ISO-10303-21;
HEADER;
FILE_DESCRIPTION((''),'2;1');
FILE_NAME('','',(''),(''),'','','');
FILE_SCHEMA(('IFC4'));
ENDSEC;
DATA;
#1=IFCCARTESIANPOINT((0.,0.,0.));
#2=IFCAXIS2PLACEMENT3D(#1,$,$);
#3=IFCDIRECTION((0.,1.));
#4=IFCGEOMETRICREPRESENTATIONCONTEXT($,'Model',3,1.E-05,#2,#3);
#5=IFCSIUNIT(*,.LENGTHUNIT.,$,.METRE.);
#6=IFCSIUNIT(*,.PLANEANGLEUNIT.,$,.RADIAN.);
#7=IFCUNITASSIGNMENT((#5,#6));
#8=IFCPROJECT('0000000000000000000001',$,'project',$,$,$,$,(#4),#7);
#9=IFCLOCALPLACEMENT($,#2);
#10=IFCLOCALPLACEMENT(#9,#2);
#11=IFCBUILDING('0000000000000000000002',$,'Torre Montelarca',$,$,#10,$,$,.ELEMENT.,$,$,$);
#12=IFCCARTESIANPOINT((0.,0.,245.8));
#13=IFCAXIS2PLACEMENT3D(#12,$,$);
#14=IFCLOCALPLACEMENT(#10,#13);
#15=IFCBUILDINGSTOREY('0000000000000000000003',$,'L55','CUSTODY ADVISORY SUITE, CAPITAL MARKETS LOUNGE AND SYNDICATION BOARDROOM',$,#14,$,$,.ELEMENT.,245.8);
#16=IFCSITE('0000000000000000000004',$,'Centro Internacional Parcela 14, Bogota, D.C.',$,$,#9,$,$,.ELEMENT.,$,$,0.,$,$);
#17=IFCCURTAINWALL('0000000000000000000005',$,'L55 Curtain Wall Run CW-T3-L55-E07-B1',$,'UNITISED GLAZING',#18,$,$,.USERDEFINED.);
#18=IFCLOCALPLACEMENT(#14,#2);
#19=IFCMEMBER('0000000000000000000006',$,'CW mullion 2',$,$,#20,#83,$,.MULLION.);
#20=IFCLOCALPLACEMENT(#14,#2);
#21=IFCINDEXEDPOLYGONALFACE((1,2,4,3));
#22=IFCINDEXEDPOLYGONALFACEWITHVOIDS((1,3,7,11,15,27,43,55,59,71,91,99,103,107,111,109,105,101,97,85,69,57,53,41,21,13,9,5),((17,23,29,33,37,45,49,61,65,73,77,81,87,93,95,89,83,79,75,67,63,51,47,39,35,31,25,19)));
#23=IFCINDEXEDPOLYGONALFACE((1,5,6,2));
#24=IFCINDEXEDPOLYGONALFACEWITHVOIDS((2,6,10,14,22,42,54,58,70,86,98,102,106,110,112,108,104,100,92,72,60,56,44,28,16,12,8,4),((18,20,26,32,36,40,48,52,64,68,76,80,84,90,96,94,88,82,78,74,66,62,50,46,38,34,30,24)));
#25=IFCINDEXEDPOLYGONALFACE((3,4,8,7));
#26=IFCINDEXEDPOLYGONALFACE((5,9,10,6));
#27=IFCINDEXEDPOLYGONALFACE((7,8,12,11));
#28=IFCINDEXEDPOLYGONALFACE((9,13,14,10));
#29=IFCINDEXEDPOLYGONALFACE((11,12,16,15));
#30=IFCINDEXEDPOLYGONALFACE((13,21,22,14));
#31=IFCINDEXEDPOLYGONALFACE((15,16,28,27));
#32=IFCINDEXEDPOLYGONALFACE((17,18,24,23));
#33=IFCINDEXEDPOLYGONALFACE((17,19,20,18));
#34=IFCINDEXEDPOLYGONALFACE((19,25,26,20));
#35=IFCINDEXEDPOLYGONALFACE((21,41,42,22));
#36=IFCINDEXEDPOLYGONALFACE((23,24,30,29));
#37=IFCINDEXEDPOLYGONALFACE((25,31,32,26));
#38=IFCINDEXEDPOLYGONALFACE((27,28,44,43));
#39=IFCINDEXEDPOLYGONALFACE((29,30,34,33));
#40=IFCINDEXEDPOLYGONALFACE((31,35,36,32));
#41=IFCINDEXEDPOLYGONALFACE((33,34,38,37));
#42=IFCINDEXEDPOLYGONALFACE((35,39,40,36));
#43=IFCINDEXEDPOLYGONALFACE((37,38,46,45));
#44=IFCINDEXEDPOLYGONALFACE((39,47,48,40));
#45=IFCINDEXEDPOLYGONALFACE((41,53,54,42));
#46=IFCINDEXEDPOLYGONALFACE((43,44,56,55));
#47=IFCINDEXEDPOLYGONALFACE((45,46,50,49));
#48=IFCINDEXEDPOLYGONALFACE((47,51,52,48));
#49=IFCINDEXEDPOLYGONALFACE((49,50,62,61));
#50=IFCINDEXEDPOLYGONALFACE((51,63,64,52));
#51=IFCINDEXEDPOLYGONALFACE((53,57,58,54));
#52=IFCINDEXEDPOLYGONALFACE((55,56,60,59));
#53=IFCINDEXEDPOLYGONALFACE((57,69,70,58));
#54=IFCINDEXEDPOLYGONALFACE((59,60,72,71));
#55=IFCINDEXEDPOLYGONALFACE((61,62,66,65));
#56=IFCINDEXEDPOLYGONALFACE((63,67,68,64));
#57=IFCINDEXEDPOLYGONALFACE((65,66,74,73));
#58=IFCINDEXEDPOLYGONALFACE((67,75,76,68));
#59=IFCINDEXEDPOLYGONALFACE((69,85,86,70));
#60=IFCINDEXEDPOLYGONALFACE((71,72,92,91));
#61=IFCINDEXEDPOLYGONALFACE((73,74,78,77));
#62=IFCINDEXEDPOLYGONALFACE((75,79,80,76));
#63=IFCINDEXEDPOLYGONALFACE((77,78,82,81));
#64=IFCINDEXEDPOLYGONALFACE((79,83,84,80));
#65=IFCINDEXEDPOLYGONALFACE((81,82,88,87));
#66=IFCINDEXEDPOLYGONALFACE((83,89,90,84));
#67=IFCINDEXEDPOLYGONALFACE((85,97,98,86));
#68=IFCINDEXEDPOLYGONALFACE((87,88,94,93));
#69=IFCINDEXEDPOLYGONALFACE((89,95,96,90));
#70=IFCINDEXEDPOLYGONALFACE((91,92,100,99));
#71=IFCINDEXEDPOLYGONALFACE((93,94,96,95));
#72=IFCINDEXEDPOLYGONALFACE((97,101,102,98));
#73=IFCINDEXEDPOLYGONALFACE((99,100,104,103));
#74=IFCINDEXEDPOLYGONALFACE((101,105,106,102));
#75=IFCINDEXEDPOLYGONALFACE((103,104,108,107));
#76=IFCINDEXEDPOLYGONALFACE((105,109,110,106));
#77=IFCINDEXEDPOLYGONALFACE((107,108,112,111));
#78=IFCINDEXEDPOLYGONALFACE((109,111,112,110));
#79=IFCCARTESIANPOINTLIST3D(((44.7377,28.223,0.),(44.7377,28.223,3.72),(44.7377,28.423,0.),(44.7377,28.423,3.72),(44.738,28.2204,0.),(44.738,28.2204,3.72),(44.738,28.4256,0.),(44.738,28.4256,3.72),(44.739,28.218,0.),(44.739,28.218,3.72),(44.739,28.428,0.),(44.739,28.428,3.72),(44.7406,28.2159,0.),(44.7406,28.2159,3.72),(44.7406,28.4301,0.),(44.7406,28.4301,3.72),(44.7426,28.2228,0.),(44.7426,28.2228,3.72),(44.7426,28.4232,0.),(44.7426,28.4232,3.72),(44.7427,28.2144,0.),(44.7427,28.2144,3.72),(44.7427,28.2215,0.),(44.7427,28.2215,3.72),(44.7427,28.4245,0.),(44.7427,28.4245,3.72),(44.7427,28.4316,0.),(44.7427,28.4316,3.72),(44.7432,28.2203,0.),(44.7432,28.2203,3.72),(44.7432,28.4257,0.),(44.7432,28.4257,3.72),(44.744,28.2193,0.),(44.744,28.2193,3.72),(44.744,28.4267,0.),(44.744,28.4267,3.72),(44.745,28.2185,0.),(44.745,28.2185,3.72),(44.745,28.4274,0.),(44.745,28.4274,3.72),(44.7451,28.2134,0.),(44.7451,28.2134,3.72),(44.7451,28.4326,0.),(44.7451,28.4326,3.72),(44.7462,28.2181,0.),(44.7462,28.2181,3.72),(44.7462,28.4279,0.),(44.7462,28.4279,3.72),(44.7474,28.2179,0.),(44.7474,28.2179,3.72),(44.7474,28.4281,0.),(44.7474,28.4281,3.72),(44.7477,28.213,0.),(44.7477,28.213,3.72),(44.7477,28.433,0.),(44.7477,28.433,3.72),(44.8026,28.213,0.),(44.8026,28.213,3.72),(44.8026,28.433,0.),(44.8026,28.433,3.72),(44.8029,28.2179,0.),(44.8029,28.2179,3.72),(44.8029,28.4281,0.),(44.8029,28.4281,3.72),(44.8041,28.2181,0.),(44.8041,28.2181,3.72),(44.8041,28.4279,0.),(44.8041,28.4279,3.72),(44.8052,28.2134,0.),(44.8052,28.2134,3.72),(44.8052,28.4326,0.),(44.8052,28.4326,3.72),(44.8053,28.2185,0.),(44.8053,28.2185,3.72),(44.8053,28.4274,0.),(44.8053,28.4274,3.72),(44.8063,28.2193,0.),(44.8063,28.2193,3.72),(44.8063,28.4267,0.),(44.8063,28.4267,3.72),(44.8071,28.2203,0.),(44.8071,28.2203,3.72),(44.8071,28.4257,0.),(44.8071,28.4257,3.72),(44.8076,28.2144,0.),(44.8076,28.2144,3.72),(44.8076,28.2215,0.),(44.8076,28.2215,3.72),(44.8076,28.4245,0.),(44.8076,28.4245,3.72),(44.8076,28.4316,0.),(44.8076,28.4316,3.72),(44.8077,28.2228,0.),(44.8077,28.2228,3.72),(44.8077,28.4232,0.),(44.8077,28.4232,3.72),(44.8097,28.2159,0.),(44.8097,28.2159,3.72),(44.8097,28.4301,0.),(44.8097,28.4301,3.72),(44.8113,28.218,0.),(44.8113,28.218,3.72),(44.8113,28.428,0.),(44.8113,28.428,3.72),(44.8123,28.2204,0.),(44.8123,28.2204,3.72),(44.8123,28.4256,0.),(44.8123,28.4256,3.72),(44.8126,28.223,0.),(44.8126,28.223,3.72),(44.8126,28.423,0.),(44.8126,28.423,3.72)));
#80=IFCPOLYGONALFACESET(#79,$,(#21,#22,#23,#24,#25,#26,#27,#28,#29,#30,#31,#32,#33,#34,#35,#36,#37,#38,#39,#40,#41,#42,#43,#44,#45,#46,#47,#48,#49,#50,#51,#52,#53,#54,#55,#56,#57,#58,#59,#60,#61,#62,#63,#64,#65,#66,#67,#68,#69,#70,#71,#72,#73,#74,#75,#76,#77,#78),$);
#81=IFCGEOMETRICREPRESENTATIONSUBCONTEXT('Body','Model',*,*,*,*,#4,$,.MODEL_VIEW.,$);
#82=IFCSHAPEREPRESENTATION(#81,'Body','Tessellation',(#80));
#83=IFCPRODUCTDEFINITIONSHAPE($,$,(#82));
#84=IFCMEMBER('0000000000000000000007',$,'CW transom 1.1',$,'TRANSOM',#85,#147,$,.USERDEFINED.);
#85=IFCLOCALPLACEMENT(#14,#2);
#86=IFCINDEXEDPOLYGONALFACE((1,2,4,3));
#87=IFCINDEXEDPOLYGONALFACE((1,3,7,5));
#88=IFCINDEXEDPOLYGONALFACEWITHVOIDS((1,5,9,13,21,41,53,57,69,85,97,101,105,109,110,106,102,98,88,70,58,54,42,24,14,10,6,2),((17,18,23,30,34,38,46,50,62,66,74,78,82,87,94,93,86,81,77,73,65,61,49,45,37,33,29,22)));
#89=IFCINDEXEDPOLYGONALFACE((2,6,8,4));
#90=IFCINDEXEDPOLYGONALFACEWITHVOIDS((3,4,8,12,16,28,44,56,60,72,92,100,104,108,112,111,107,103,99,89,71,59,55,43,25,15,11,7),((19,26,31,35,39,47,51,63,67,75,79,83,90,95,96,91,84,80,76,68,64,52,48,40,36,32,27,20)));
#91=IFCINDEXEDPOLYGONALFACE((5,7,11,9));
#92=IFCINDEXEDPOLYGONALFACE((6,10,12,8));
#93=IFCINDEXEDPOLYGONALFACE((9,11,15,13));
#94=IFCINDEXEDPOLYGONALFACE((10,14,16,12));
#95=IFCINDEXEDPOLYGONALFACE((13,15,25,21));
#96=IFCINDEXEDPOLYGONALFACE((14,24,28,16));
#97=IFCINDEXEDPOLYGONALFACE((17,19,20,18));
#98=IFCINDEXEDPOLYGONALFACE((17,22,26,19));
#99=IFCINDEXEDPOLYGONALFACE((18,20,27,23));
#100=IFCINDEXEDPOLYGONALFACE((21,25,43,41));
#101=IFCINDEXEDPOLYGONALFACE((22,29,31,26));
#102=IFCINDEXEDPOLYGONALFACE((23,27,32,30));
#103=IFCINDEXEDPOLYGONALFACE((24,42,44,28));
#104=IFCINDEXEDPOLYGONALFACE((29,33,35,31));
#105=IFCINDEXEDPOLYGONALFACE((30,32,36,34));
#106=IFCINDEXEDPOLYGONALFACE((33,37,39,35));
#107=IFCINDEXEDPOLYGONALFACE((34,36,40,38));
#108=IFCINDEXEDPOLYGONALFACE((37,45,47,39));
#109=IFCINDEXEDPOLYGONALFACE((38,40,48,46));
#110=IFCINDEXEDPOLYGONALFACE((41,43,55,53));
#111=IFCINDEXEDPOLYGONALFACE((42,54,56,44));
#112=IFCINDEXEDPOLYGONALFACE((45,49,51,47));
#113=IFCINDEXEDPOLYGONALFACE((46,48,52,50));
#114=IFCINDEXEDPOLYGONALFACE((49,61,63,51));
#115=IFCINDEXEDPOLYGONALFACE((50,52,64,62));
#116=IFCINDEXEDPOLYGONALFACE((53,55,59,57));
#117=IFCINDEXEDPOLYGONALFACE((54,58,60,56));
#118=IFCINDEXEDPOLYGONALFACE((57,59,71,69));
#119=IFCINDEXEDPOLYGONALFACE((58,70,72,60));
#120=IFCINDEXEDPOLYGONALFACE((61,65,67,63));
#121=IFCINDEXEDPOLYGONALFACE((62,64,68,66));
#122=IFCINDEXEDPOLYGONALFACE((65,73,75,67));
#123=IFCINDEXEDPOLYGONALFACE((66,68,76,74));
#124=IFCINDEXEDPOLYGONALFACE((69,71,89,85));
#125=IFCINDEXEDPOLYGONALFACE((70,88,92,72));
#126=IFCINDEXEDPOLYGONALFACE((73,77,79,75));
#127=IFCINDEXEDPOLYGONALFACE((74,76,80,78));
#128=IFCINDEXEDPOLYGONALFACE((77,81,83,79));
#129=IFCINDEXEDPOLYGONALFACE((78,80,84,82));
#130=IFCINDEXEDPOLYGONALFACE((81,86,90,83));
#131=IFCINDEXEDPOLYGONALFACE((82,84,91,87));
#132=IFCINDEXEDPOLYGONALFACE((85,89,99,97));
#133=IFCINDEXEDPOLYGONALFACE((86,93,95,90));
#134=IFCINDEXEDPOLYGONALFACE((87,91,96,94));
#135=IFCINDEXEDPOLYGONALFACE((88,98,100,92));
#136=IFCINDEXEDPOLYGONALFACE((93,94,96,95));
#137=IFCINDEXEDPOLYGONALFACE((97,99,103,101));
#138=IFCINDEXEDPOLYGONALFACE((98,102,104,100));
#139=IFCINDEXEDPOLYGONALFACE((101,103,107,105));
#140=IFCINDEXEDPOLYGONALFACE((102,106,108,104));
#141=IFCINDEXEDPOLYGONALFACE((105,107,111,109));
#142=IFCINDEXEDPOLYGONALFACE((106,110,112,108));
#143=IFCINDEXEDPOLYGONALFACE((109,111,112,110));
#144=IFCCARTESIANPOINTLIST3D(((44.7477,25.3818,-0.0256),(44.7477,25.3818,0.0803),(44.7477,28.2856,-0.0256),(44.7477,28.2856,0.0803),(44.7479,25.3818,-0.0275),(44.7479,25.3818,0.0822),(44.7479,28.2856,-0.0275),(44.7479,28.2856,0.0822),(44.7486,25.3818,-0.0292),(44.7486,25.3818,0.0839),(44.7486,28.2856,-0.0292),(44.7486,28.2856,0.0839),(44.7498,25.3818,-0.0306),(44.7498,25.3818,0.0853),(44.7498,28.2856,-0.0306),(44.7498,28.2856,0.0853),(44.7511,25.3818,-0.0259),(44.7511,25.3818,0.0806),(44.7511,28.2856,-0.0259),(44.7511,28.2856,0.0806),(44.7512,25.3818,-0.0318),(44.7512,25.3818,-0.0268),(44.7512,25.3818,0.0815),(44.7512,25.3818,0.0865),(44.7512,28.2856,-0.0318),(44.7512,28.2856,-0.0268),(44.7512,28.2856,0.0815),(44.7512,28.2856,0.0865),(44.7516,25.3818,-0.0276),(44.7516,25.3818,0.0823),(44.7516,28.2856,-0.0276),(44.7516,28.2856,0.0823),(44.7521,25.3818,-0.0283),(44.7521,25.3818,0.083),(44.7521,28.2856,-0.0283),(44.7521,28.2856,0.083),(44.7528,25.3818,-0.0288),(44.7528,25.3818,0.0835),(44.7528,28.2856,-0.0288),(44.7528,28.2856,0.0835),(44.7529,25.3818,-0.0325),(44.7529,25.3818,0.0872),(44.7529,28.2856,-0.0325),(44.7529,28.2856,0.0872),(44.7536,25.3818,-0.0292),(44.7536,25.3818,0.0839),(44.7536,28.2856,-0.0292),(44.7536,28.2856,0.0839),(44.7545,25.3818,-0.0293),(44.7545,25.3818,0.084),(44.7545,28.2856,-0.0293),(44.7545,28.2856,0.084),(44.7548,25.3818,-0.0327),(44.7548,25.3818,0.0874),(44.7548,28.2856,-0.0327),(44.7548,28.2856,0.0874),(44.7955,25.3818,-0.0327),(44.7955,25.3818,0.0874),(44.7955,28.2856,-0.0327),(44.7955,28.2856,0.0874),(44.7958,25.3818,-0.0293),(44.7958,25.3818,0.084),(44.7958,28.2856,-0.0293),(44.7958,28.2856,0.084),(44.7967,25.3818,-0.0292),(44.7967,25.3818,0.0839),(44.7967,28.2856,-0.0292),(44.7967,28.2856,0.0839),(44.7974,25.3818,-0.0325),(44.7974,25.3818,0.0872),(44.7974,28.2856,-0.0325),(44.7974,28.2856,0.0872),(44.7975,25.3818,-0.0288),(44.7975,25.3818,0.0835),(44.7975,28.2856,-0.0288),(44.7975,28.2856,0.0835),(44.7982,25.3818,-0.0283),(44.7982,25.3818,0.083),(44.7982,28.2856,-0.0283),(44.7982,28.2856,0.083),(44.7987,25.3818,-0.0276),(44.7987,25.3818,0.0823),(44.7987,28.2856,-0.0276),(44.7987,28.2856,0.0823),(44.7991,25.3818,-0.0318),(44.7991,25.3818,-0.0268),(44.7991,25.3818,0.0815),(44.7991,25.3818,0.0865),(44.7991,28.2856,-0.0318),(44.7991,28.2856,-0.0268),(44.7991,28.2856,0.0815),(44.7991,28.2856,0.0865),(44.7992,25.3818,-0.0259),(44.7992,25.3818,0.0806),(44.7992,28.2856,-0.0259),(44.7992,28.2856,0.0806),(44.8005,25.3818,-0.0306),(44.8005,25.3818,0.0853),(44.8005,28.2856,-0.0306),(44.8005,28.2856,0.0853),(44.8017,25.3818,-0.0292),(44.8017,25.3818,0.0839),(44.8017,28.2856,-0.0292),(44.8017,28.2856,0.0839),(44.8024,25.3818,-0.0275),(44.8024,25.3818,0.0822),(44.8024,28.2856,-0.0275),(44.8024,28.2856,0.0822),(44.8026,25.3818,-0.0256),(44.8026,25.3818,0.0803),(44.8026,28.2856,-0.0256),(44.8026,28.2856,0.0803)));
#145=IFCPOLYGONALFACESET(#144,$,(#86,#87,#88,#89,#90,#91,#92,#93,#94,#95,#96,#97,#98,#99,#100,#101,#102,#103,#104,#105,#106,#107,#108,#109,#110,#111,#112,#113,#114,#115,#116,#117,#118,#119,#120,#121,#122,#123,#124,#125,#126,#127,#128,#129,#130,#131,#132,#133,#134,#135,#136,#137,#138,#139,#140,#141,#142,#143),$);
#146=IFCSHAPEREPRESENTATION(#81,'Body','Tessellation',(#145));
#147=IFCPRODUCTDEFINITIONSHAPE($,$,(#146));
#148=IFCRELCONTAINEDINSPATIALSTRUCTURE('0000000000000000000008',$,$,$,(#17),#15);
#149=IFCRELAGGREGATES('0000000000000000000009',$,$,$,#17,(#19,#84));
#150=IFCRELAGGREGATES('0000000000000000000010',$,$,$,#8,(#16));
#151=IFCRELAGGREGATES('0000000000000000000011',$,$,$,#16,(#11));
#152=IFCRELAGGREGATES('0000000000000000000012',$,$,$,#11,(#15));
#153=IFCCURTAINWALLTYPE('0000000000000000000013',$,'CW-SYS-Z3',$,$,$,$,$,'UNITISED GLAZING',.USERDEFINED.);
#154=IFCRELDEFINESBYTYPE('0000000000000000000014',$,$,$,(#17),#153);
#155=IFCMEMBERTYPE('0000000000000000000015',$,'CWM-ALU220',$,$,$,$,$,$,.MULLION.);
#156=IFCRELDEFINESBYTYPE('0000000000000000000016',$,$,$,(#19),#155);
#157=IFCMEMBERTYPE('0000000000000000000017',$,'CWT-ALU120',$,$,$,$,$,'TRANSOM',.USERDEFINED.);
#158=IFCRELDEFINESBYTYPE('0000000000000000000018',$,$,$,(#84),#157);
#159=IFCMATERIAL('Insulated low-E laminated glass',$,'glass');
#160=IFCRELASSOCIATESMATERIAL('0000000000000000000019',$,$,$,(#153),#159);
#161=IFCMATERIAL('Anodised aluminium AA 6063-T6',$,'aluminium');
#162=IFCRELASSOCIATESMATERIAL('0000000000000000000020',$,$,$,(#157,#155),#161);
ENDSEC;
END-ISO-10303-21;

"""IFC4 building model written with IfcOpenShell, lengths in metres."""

from ifc_helpers import new_model, si_unit, direction, frame, origin, origin_2d, place, context, subcontext, project, spatial, hollow_rectangle, extrude, source, transform, mapped, material, material_profile, profile_set, type_object, element, aggregate, save


model = new_model("IFC4")

# Units and contexts
model_context = context("Model", 3, precision=1e-05, world=origin(), true_north=direction((0.0, 1.0)))
body_context = subcontext(model_context, "Body", "Model", "MODEL_VIEW")
ifc_project = project(units=[si_unit("LENGTHUNIT", "METRE"), si_unit("PLANEANGLEUNIT", "RADIAN")], contexts=[model_context])

# Site, building, storey
site_placement = place(None, origin())
site = spatial("IfcSite", under=ifc_project, at=site_placement, Name="Centro Internacional Parcela 14, Bogota, D.C.", CompositionType="ELEMENT", RefElevation=0.0)
building_placement = place(site_placement, origin())
building = spatial("IfcBuilding", under=site, at=building_placement, Name="Torre Montelarca", CompositionType="ELEMENT")
storey_placement = place(building_placement, frame((0.0, 0.0, 245.8)))
storey = spatial("IfcBuildingStorey", under=building, at=storey_placement, Name="L55", Description="CUSTODY ADVISORY SUITE, CAPITAL MARKETS LOUNGE AND SYNDICATION BOARDROOM", CompositionType="ELEMENT", Elevation=245.8)

# Curtain wall
ifc_material_1 = material(Name="Insulated low-E laminated glass", Category="glass")
curtain_wall_type = type_object("IfcCurtainWallType", Name="CW-SYS-Z3", ElementType="UNITISED GLAZING", PredefinedType="USERDEFINED", material=ifc_material_1)
curtain_wall_1_placement = place(storey_placement, origin())
curtain_wall_1 = element("IfcCurtainWall", 1, at=curtain_wall_1_placement, inside=storey, type_object=curtain_wall_type, Name="L55 Curtain Wall Run CW-T3-L55-E07-B1", ObjectType="UNITISED GLAZING", PredefinedType="USERDEFINED")
ifc_material_2 = material(Name="Anodised aluminium AA 6063-T6", Category="aluminium")
ifc_material_profile_1 = material_profile(ifc_material_2, hollow_rectangle(XDim=0.0549, YDim=0.1201, WallThickness=0.0034, InnerFilletRadius=0.0034, OuterFilletRadius=0.0071, at=origin_2d()), Name="ALU55X120X3.5", Category="aluminium")
ifc_profile_set_1 = profile_set([ifc_material_profile_1], Name="Anodised aluminium AA 6063-T6")
member_type_1 = type_object("IfcMemberType", Name="CWT-ALU120", ElementType="TRANSOM", PredefinedType="USERDEFINED", material=ifc_profile_set_1)
ifc_material_profile_2 = material_profile(ifc_material_2, hollow_rectangle(XDim=0.075, YDim=0.22, WallThickness=0.0049, InnerFilletRadius=0.0049, OuterFilletRadius=0.01, at=origin_2d()), Name="ALU75X220X5", Category="aluminium")
ifc_profile_set_2 = profile_set([ifc_material_profile_2], Name="Anodised aluminium AA 6063-T6")
member_type_2 = type_object("IfcMemberType", Name="CWM-ALU220", PredefinedType="MULLION", material=ifc_profile_set_2)
shared_shape_1 = source(origin(), body_context, "Body", "SweptSolid", [
    extrude(hollow_rectangle(XDim=0.075, YDim=0.22, WallThickness=0.0049, InnerFilletRadius=0.0049, OuterFilletRadius=0.01, at=origin_2d()), origin(), (0.0, 0.0, 1.0), 3.72),
])

# Members
member_1_placement = place(storey_placement, frame((44.7751, 28.323, 0.0), z_axis=(0.0, 0.0, 1.0), x_axis=(-1.0, 0.0, 0.0)))
member_1 = element("IfcMember", 2, at=member_1_placement, type_object=member_type_2, Name="CW mullion 2", PredefinedType="MULLION", context=body_context, shape_type="MappedRepresentation", body=[
    mapped(shared_shape_1, transform((0.0, 0.0, 0.0), scale=1.0)),
])
shared_shape_2 = source(origin(), body_context, "Body", "SweptSolid", [
    extrude(hollow_rectangle(XDim=0.0549, YDim=0.1201, WallThickness=0.0034, InnerFilletRadius=0.0034, OuterFilletRadius=0.0071, at=origin_2d()), origin(), (0.0, 0.0, 1.0), 2.9038),
])
member_2_placement = place(storey_placement, frame((44.7751, 25.3818, 0.0273), z_axis=(0.0, 1.0, 0.0), x_axis=(-1.0, 0.0, 0.0)))
member_2 = element("IfcMember", 3, at=member_2_placement, type_object=member_type_1, Name="CW transom 1.1", ObjectType="TRANSOM", PredefinedType="USERDEFINED", context=body_context, shape_type="MappedRepresentation", body=[
    mapped(shared_shape_2, transform((0.0, 0.0, 0.0), scale=1.0)),
])

aggregate(curtain_wall_1, [member_1, member_2])

save(model, "model.ifc")
